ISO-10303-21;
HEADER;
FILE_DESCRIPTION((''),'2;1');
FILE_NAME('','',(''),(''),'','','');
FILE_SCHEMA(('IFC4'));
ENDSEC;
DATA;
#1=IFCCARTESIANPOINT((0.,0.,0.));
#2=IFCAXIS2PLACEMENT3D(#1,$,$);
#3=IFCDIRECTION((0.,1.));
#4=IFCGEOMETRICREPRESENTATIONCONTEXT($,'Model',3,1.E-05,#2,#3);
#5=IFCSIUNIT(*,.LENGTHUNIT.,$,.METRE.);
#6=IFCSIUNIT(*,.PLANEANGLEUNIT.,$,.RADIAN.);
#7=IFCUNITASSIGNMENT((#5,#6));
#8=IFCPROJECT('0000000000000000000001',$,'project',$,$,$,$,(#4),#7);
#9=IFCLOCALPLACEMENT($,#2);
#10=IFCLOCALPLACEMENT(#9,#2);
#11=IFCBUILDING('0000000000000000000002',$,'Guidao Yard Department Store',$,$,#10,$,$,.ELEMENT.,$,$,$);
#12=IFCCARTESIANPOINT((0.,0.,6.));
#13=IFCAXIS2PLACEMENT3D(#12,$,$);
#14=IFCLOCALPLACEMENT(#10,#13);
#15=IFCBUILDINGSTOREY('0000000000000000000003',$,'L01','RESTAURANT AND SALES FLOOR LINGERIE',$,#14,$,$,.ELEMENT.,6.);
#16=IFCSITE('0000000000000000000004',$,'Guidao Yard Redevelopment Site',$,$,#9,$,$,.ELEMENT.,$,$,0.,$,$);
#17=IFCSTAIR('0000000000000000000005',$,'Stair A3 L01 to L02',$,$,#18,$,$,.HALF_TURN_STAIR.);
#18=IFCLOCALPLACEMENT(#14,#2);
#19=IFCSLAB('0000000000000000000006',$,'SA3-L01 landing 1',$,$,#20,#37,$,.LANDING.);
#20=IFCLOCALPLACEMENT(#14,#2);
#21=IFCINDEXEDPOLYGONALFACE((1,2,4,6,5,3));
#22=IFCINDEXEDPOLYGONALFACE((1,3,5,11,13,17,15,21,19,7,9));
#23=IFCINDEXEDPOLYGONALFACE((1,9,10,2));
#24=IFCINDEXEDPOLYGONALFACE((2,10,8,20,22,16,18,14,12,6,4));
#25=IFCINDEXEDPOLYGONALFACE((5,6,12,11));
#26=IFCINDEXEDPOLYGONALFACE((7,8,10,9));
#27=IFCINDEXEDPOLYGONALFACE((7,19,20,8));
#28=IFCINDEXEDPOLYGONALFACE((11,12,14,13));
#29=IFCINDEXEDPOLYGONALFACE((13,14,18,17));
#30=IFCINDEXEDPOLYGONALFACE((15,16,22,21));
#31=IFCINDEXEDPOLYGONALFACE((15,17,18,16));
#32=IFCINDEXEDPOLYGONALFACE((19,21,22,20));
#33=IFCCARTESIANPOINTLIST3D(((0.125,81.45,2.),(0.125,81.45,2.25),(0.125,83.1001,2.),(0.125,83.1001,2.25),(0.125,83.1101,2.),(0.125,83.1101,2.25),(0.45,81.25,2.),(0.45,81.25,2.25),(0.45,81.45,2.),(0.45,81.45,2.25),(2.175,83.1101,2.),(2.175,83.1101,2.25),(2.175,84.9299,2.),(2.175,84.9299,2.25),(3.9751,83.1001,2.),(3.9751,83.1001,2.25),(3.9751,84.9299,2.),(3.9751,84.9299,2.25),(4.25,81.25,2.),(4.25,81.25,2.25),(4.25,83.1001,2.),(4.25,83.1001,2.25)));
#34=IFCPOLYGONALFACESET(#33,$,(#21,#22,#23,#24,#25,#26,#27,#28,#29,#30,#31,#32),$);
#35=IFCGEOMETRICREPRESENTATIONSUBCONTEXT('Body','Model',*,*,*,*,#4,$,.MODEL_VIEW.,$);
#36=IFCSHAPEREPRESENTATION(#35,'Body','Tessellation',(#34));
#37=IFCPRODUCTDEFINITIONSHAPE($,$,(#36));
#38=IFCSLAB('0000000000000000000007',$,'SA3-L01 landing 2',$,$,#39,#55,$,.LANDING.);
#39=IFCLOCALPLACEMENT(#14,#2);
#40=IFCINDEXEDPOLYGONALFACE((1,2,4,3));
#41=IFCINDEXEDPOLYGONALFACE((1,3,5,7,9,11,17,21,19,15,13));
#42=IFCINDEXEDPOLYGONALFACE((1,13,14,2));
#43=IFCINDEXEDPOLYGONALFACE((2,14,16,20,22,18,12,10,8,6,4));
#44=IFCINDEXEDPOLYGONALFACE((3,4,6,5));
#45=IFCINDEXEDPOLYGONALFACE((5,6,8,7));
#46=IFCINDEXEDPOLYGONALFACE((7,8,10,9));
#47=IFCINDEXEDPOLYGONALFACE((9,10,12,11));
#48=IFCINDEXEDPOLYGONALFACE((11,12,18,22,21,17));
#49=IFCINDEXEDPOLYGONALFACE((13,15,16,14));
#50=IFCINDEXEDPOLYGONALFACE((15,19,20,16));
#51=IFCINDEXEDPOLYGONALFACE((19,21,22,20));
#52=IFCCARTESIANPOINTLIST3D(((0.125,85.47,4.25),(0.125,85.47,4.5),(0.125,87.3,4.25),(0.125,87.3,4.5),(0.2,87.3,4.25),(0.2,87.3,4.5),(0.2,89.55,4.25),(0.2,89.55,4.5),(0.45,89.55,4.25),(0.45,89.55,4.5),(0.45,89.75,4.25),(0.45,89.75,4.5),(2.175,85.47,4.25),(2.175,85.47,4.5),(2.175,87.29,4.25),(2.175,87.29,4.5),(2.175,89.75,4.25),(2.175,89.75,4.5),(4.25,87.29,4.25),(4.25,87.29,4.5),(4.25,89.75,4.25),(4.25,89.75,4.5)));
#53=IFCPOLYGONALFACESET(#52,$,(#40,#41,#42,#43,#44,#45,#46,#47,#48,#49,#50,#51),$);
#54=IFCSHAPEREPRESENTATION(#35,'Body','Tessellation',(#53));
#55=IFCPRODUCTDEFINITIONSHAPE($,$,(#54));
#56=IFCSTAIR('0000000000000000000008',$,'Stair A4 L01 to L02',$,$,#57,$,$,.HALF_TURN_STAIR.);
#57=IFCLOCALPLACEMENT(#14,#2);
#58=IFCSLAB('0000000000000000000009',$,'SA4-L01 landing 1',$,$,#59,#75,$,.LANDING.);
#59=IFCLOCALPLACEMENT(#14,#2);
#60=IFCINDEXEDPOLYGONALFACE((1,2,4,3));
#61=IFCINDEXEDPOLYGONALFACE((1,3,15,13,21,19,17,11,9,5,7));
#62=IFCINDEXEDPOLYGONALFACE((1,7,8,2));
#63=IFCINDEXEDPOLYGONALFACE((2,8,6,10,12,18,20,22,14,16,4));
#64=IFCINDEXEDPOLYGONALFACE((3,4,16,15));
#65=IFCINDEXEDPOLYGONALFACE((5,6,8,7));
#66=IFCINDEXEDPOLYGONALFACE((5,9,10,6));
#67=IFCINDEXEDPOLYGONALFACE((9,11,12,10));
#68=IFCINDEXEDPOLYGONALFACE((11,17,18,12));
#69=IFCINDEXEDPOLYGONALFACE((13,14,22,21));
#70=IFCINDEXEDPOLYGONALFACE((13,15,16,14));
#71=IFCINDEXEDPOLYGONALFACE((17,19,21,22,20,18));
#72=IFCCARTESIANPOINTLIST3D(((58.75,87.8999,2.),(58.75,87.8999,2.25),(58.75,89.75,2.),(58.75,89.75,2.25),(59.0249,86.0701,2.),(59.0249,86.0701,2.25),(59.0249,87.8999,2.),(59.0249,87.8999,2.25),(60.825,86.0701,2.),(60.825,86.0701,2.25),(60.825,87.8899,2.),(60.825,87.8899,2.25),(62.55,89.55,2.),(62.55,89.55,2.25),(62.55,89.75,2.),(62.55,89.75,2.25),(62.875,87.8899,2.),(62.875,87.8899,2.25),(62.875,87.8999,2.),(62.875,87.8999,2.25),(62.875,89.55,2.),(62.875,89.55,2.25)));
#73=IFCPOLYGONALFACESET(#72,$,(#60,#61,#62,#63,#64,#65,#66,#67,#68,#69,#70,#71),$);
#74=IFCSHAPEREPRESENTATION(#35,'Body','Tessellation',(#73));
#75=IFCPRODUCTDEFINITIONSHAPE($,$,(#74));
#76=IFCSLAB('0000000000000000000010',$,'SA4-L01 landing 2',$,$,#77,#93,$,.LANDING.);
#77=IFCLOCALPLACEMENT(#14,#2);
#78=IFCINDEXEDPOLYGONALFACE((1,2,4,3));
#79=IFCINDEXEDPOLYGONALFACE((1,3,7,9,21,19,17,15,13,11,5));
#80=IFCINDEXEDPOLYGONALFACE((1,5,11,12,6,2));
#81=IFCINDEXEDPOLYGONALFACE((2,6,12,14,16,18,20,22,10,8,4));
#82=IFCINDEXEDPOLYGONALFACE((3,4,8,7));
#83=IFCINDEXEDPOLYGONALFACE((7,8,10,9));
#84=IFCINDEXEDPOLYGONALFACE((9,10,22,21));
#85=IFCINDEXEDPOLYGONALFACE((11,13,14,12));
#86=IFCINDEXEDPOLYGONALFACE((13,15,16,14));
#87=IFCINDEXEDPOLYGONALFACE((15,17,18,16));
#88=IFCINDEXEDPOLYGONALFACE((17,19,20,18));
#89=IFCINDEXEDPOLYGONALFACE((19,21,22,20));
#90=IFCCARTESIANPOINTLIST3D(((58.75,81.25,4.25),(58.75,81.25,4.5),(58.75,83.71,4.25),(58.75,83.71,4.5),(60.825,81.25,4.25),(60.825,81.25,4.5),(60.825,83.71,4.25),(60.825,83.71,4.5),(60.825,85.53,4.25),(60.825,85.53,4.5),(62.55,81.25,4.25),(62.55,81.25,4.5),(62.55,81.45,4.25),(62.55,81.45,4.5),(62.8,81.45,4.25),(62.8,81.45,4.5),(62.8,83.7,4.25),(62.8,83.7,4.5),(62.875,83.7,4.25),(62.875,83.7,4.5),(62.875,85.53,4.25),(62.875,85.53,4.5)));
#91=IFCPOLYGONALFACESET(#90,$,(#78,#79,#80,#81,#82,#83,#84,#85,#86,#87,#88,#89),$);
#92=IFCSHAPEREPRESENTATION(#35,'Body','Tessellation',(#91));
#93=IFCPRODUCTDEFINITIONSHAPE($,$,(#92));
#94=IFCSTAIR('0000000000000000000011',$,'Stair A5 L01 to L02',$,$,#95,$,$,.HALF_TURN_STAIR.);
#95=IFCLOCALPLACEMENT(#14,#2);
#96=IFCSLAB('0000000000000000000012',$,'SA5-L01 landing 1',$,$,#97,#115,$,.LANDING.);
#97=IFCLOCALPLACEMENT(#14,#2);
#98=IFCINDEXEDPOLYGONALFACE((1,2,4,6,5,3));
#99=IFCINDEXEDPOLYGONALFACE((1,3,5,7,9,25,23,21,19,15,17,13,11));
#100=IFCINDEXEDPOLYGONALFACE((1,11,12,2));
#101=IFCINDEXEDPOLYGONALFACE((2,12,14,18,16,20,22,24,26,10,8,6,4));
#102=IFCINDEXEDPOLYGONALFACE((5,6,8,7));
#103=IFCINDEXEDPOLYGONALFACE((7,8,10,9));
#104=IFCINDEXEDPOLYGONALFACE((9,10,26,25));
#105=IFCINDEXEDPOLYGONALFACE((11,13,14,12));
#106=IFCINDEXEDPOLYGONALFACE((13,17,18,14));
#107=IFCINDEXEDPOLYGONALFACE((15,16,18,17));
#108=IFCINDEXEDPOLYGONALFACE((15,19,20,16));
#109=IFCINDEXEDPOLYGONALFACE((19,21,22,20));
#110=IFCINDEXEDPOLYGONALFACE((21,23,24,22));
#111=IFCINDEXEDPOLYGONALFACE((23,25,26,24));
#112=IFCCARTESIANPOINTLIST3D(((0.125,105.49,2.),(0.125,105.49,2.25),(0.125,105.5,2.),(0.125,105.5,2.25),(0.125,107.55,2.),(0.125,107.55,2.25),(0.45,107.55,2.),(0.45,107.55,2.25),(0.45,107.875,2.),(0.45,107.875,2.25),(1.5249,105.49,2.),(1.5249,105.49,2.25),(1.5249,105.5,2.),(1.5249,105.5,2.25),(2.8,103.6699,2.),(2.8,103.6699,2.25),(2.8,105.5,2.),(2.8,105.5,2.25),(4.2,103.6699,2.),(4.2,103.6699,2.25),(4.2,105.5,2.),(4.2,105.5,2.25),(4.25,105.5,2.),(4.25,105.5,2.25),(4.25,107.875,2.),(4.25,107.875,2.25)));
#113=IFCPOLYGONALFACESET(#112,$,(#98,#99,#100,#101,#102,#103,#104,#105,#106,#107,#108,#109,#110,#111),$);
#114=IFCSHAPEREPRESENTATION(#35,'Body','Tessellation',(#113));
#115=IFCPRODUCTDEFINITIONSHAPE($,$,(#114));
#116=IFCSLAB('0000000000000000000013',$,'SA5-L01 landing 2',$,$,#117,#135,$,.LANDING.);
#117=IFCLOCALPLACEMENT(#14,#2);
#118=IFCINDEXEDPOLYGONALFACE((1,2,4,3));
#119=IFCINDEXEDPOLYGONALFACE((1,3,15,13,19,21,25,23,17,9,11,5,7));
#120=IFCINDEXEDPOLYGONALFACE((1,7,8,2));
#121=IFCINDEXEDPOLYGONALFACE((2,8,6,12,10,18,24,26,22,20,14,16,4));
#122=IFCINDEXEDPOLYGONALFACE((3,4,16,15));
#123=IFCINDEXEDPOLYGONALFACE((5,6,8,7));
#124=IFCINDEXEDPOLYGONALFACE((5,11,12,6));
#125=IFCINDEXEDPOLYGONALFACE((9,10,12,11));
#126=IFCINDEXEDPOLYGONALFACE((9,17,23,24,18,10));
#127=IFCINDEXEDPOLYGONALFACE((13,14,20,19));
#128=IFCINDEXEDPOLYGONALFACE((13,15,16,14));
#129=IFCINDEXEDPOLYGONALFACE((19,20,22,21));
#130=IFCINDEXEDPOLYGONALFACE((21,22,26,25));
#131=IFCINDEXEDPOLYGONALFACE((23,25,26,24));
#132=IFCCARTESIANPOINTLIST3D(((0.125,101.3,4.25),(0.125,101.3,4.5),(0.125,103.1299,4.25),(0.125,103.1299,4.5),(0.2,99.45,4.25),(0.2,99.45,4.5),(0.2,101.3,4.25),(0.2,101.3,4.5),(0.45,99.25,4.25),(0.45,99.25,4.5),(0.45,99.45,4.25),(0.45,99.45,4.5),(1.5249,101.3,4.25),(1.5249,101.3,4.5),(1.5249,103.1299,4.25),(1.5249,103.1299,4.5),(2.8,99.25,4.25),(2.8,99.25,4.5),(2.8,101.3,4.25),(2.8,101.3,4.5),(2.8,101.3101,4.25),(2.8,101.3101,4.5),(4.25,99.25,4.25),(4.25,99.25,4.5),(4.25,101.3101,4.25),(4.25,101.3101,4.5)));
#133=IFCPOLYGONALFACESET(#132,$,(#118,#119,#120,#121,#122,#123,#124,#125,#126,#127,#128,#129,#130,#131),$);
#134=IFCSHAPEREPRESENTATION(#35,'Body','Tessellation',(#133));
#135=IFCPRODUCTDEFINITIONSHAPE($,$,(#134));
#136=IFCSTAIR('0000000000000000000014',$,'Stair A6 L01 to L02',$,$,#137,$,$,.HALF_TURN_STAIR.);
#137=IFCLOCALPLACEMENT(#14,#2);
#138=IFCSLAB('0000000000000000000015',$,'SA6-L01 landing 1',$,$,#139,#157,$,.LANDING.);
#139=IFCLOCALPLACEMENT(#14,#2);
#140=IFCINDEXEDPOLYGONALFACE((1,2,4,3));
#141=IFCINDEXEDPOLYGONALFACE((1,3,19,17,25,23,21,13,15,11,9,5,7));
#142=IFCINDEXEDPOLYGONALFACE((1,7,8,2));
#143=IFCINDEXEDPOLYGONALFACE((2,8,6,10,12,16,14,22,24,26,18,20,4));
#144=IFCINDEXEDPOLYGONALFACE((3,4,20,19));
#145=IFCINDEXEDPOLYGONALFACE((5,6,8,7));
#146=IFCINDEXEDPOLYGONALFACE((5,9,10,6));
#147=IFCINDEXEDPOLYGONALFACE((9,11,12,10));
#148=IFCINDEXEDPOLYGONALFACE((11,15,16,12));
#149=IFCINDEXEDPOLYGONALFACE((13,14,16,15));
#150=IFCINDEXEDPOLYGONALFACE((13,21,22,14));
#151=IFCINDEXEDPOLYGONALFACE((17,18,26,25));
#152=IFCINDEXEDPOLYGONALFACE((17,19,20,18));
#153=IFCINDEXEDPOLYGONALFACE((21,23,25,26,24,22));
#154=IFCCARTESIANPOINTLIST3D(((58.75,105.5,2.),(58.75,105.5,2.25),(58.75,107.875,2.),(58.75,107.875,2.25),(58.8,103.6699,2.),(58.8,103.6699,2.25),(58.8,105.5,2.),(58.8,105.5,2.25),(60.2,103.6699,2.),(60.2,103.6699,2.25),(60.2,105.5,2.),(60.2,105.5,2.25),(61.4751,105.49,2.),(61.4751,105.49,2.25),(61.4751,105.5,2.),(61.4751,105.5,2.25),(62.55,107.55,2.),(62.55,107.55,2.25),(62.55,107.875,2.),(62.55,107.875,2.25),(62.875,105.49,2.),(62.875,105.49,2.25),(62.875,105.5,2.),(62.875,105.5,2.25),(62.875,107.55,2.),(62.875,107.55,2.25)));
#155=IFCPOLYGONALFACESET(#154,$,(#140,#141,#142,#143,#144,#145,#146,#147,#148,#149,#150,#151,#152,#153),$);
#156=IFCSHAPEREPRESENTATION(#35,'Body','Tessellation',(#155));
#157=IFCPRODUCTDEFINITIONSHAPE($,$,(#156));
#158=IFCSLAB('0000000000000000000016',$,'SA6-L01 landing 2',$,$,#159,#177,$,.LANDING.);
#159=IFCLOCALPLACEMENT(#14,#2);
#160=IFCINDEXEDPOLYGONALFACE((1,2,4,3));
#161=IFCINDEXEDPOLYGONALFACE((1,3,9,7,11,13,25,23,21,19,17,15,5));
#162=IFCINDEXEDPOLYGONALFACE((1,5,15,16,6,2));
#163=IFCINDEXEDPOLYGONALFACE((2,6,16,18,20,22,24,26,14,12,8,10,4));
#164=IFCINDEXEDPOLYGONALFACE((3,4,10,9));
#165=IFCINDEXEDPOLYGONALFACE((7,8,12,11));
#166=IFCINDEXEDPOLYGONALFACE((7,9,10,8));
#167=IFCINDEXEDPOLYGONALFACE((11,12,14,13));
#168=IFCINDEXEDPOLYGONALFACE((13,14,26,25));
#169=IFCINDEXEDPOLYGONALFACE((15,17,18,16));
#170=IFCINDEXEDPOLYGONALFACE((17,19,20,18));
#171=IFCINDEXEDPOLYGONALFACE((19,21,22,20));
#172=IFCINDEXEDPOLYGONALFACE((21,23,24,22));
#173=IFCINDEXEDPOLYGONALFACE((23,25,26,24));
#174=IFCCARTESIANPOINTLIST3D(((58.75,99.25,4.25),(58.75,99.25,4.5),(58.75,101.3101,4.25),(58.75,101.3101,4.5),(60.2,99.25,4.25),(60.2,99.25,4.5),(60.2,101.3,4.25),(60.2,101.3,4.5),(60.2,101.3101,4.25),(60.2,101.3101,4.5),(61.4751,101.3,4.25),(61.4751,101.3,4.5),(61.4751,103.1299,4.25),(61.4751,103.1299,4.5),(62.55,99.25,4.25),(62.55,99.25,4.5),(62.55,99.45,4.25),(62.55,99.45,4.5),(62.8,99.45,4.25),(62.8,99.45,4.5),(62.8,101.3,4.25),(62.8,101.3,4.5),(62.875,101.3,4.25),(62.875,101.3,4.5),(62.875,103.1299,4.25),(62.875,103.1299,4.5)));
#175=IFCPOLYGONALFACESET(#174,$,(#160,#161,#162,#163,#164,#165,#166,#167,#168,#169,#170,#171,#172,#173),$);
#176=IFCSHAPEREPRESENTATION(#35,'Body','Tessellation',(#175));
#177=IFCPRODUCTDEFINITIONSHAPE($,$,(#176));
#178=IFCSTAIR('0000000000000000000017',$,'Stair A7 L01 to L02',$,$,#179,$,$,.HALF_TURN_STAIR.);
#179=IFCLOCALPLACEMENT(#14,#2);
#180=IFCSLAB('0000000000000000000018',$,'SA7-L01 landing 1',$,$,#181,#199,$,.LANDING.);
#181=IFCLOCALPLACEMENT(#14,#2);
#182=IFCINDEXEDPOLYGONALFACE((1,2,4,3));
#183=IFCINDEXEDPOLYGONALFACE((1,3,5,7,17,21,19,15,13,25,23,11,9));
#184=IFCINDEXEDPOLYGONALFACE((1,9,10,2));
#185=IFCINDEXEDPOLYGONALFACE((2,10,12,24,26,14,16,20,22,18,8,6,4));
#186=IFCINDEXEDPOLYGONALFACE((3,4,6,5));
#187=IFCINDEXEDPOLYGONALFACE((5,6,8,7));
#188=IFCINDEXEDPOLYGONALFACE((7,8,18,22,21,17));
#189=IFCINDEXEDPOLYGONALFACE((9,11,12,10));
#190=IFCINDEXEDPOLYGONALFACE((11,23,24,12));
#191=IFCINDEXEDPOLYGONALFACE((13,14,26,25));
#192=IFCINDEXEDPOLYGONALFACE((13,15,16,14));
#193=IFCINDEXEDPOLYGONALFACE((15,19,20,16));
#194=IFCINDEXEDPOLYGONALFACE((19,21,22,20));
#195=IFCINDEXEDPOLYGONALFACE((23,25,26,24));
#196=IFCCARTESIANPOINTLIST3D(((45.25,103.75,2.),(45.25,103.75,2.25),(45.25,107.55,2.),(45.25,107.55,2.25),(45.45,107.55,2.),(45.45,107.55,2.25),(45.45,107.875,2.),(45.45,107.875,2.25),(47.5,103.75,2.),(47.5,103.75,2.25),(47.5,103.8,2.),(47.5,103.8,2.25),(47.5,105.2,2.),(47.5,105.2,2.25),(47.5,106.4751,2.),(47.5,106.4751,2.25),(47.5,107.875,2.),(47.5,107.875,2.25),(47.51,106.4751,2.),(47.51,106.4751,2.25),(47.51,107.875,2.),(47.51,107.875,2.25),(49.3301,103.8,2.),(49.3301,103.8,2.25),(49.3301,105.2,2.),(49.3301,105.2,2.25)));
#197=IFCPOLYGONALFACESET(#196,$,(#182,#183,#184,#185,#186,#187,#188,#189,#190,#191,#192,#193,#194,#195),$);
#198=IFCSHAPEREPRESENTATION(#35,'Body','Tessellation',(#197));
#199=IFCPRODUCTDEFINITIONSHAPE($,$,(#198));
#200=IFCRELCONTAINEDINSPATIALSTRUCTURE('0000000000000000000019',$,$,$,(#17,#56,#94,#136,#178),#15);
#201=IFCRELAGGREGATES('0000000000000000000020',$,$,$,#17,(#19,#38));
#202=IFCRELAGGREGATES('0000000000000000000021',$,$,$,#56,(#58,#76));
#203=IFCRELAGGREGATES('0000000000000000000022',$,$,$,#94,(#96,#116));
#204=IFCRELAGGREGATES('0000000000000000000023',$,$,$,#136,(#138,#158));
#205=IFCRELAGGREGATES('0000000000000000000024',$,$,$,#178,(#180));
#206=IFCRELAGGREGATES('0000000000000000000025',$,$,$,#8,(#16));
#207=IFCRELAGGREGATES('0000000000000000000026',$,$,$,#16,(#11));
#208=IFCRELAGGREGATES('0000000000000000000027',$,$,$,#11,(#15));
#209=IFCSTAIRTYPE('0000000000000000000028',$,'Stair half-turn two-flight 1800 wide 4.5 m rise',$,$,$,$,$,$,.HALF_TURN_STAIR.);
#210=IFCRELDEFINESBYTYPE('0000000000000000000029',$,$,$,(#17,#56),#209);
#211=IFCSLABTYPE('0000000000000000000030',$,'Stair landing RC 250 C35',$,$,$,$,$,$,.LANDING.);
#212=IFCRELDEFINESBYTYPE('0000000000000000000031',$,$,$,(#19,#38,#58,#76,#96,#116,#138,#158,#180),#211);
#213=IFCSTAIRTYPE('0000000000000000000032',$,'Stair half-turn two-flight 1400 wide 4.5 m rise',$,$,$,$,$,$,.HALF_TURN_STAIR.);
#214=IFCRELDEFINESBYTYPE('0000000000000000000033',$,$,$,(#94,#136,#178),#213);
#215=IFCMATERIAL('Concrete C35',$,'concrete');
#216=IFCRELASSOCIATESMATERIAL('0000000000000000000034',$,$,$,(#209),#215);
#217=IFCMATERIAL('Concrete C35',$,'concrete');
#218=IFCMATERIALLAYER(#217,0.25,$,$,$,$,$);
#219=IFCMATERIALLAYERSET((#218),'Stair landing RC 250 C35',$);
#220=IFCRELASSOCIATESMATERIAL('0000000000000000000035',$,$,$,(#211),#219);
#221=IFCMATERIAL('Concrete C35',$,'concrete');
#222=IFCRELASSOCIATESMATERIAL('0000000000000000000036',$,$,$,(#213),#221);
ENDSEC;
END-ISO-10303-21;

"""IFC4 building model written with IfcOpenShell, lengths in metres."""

from ifc_helpers import new_model, si_unit, direction, frame, origin, place, context, subcontext, project, spatial, polyline, outline, extrude, material, layer, layer_set, type_object, element, aggregate, save


model = new_model("IFC4")

# Units and contexts
model_context = context("Model", 3, precision=1e-05, world=origin(), true_north=direction((0.0, 1.0)))
body_context = subcontext(model_context, "Body", "Model", "MODEL_VIEW")
ifc_project = project(units=[si_unit("LENGTHUNIT", "METRE"), si_unit("PLANEANGLEUNIT", "RADIAN")], contexts=[model_context])

# Site, building, storey
site_placement = place(None, origin())
site = spatial("IfcSite", under=ifc_project, at=site_placement, Name="Guidao Yard Redevelopment Site", CompositionType="ELEMENT", RefElevation=0.0)
building_placement = place(site_placement, origin())
building = spatial("IfcBuilding", under=site, at=building_placement, Name="Guidao Yard Department Store", CompositionType="ELEMENT")
storey_placement = place(building_placement, frame((0.0, 0.0, 6.0)))
storey = spatial("IfcBuildingStorey", under=building, at=storey_placement, Name="L01", Description="RESTAURANT AND SALES FLOOR LINGERIE", CompositionType="ELEMENT", Elevation=6.0)

# Stairs, slabs
ifc_material_1 = material(Name="Concrete C35", Category="concrete")
stair_type_1 = type_object("IfcStairType", Name="Stair half-turn two-flight 1800 wide 4.5 m rise", PredefinedType="HALF_TURN_STAIR", material=ifc_material_1)
ifc_material_2 = material(Name="Concrete C35", Category="concrete")
ifc_layer_1 = layer(ifc_material_2, 0.25)
ifc_layer_set_1 = layer_set([ifc_layer_1], Name="Stair landing RC 250 C35")
slab_type_1 = type_object("IfcSlabType", Name="Stair landing RC 250 C35", PredefinedType="LANDING", material=ifc_layer_set_1)
stair_1_placement = place(storey_placement, origin())
stair_1 = element("IfcStair", 1, at=stair_1_placement, inside=storey, type_object=stair_type_1, Name="Stair A3 L01 to L02", PredefinedType="HALF_TURN_STAIR")
slab_1_placement = place(storey_placement, frame((0.0, 0.0, 2.0)))
slab_1 = element("IfcSlab", 2, at=slab_1_placement, type_object=slab_type_1, Name="SA3-L01 landing 1", PredefinedType="LANDING", context=body_context, shape_type="SweptSolid", body=[
    extrude(outline(polyline([(0.45, 81.25), (0.45, 81.45), (0.125, 81.45), (0.125, 83.1001), (0.125, 83.1101), (2.175, 83.1101), (2.175, 84.9299), (3.9751, 84.9299), (3.9751, 83.1001), (4.25, 83.1001), (4.25, 81.25), (0.45, 81.25)])), origin(), (0.0, 0.0, 1.0), 0.25),
])
slab_2_placement = place(storey_placement, frame((0.0, 0.0, 4.25)))
slab_2 = element("IfcSlab", 3, at=slab_2_placement, type_object=slab_type_1, Name="SA3-L01 landing 2", PredefinedType="LANDING", context=body_context, shape_type="SweptSolid", body=[
    extrude(outline(polyline([(0.125, 87.3), (0.2, 87.3), (0.2, 89.55), (0.45, 89.55), (0.45, 89.75), (2.175, 89.75), (4.25, 89.75), (4.25, 87.29), (2.175, 87.29), (2.175, 85.47), (0.125, 85.47), (0.125, 87.3)])), origin(), (0.0, 0.0, 1.0), 0.25),
])
aggregate(stair_1, [slab_1, slab_2])
stair_2_placement = place(storey_placement, origin())
stair_2 = element("IfcStair", 4, at=stair_2_placement, inside=storey, type_object=stair_type_1, Name="Stair A4 L01 to L02", PredefinedType="HALF_TURN_STAIR")
slab_3_placement = place(storey_placement, frame((0.0, 0.0, 2.0)))
slab_3 = element("IfcSlab", 5, at=slab_3_placement, type_object=slab_type_1, Name="SA4-L01 landing 1", PredefinedType="LANDING", context=body_context, shape_type="SweptSolid", body=[
    extrude(outline(polyline([(59.0249, 87.8999), (58.75, 87.8999), (58.75, 89.75), (62.55, 89.75), (62.55, 89.55), (62.875, 89.55), (62.875, 87.8999), (62.875, 87.8899), (60.825, 87.8899), (60.825, 86.0701), (59.0249, 86.0701), (59.0249, 87.8999)])), origin(), (0.0, 0.0, 1.0), 0.25),
])
slab_4_placement = place(storey_placement, frame((0.0, 0.0, 4.25)))
slab_4 = element("IfcSlab", 6, at=slab_4_placement, type_object=slab_type_1, Name="SA4-L01 landing 2", PredefinedType="LANDING", context=body_context, shape_type="SweptSolid", body=[
    extrude(outline(polyline([(58.75, 81.25), (58.75, 83.71), (60.825, 83.71), (60.825, 85.53), (62.875, 85.53), (62.875, 83.7), (62.8, 83.7), (62.8, 81.45), (62.55, 81.45), (62.55, 81.25), (60.825, 81.25), (58.75, 81.25)])), origin(), (0.0, 0.0, 1.0), 0.25),
])
aggregate(stair_2, [slab_3, slab_4])
ifc_material_3 = material(Name="Concrete C35", Category="concrete")
stair_type_2 = type_object("IfcStairType", Name="Stair half-turn two-flight 1400 wide 4.5 m rise", PredefinedType="HALF_TURN_STAIR", material=ifc_material_3)
stair_3_placement = place(storey_placement, origin())
stair_3 = element("IfcStair", 7, at=stair_3_placement, inside=storey, type_object=stair_type_2, Name="Stair A5 L01 to L02", PredefinedType="HALF_TURN_STAIR")
slab_5_placement = place(storey_placement, frame((0.0, 0.0, 2.0)))
slab_5 = element("IfcSlab", 8, at=slab_5_placement, type_object=slab_type_1, Name="SA5-L01 landing 1", PredefinedType="LANDING", context=body_context, shape_type="SweptSolid", body=[
    extrude(outline(polyline([(2.8, 105.5), (1.5249, 105.5), (1.5249, 105.49), (0.125, 105.49), (0.125, 105.5), (0.125, 107.55), (0.45, 107.55), (0.45, 107.875), (4.25, 107.875), (4.25, 105.5), (4.2, 105.5), (4.2, 103.6699), (2.8, 103.6699), (2.8, 105.5)])), origin(), (0.0, 0.0, 1.0), 0.25),
])
slab_6_placement = place(storey_placement, frame((0.0, 0.0, 4.25)))
slab_6 = element("IfcSlab", 9, at=slab_6_placement, type_object=slab_type_1, Name="SA5-L01 landing 2", PredefinedType="LANDING", context=body_context, shape_type="SweptSolid", body=[
    extrude(outline(polyline([(4.25, 101.3101), (4.25, 99.25), (2.8, 99.25), (0.45, 99.25), (0.45, 99.45), (0.2, 99.45), (0.2, 101.3), (0.125, 101.3), (0.125, 103.1299), (1.5249, 103.1299), (1.5249, 101.3), (2.8, 101.3), (2.8, 101.3101), (4.25, 101.3101)])), origin(), (0.0, 0.0, 1.0), 0.25),
])
aggregate(stair_3, [slab_5, slab_6])
stair_4_placement = place(storey_placement, origin())
stair_4 = element("IfcStair", 10, at=stair_4_placement, inside=storey, type_object=stair_type_2, Name="Stair A6 L01 to L02", PredefinedType="HALF_TURN_STAIR")
slab_7_placement = place(storey_placement, frame((0.0, 0.0, 2.0)))
slab_7 = element("IfcSlab", 11, at=slab_7_placement, type_object=slab_type_1, Name="SA6-L01 landing 1", PredefinedType="LANDING", context=body_context, shape_type="SweptSolid", body=[
    extrude(outline(polyline([(58.8, 105.5), (58.75, 105.5), (58.75, 107.875), (62.55, 107.875), (62.55, 107.55), (62.875, 107.55), (62.875, 105.5), (62.875, 105.49), (61.4751, 105.49), (61.4751, 105.5), (60.2, 105.5), (60.2, 103.6699), (58.8, 103.6699), (58.8, 105.5)])), origin(), (0.0, 0.0, 1.0), 0.25),
])
slab_8_placement = place(storey_placement, frame((0.0, 0.0, 4.25)))
slab_8 = element("IfcSlab", 12, at=slab_8_placement, type_object=slab_type_1, Name="SA6-L01 landing 2", PredefinedType="LANDING", context=body_context, shape_type="SweptSolid", body=[
    extrude(outline(polyline([(58.75, 99.25), (58.75, 101.3101), (60.2, 101.3101), (60.2, 101.3), (61.4751, 101.3), (61.4751, 103.1299), (62.875, 103.1299), (62.875, 101.3), (62.8, 101.3), (62.8, 99.45), (62.55, 99.45), (62.55, 99.25), (60.2, 99.25), (58.75, 99.25)])), origin(), (0.0, 0.0, 1.0), 0.25),
])
aggregate(stair_4, [slab_7, slab_8])
stair_5_placement = place(storey_placement, origin())
stair_5 = element("IfcStair", 13, at=stair_5_placement, inside=storey, type_object=stair_type_2, Name="Stair A7 L01 to L02", PredefinedType="HALF_TURN_STAIR")
slab_9_placement = place(storey_placement, frame((0.0, 0.0, 2.0)))
slab_9 = element("IfcSlab", 14, at=slab_9_placement, type_object=slab_type_1, Name="SA7-L01 landing 1", PredefinedType="LANDING", context=body_context, shape_type="SweptSolid", body=[
    extrude(outline(polyline([(47.5, 103.8), (47.5, 103.75), (45.25, 103.75), (45.25, 107.55), (45.45, 107.55), (45.45, 107.875), (47.5, 107.875), (47.51, 107.875), (47.51, 106.4751), (47.5, 106.4751), (47.5, 105.2), (49.3301, 105.2), (49.3301, 103.8), (47.5, 103.8)])), origin(), (0.0, 0.0, 1.0), 0.25),
])
aggregate(stair_5, [slab_9])

save(model, "model.ifc")
